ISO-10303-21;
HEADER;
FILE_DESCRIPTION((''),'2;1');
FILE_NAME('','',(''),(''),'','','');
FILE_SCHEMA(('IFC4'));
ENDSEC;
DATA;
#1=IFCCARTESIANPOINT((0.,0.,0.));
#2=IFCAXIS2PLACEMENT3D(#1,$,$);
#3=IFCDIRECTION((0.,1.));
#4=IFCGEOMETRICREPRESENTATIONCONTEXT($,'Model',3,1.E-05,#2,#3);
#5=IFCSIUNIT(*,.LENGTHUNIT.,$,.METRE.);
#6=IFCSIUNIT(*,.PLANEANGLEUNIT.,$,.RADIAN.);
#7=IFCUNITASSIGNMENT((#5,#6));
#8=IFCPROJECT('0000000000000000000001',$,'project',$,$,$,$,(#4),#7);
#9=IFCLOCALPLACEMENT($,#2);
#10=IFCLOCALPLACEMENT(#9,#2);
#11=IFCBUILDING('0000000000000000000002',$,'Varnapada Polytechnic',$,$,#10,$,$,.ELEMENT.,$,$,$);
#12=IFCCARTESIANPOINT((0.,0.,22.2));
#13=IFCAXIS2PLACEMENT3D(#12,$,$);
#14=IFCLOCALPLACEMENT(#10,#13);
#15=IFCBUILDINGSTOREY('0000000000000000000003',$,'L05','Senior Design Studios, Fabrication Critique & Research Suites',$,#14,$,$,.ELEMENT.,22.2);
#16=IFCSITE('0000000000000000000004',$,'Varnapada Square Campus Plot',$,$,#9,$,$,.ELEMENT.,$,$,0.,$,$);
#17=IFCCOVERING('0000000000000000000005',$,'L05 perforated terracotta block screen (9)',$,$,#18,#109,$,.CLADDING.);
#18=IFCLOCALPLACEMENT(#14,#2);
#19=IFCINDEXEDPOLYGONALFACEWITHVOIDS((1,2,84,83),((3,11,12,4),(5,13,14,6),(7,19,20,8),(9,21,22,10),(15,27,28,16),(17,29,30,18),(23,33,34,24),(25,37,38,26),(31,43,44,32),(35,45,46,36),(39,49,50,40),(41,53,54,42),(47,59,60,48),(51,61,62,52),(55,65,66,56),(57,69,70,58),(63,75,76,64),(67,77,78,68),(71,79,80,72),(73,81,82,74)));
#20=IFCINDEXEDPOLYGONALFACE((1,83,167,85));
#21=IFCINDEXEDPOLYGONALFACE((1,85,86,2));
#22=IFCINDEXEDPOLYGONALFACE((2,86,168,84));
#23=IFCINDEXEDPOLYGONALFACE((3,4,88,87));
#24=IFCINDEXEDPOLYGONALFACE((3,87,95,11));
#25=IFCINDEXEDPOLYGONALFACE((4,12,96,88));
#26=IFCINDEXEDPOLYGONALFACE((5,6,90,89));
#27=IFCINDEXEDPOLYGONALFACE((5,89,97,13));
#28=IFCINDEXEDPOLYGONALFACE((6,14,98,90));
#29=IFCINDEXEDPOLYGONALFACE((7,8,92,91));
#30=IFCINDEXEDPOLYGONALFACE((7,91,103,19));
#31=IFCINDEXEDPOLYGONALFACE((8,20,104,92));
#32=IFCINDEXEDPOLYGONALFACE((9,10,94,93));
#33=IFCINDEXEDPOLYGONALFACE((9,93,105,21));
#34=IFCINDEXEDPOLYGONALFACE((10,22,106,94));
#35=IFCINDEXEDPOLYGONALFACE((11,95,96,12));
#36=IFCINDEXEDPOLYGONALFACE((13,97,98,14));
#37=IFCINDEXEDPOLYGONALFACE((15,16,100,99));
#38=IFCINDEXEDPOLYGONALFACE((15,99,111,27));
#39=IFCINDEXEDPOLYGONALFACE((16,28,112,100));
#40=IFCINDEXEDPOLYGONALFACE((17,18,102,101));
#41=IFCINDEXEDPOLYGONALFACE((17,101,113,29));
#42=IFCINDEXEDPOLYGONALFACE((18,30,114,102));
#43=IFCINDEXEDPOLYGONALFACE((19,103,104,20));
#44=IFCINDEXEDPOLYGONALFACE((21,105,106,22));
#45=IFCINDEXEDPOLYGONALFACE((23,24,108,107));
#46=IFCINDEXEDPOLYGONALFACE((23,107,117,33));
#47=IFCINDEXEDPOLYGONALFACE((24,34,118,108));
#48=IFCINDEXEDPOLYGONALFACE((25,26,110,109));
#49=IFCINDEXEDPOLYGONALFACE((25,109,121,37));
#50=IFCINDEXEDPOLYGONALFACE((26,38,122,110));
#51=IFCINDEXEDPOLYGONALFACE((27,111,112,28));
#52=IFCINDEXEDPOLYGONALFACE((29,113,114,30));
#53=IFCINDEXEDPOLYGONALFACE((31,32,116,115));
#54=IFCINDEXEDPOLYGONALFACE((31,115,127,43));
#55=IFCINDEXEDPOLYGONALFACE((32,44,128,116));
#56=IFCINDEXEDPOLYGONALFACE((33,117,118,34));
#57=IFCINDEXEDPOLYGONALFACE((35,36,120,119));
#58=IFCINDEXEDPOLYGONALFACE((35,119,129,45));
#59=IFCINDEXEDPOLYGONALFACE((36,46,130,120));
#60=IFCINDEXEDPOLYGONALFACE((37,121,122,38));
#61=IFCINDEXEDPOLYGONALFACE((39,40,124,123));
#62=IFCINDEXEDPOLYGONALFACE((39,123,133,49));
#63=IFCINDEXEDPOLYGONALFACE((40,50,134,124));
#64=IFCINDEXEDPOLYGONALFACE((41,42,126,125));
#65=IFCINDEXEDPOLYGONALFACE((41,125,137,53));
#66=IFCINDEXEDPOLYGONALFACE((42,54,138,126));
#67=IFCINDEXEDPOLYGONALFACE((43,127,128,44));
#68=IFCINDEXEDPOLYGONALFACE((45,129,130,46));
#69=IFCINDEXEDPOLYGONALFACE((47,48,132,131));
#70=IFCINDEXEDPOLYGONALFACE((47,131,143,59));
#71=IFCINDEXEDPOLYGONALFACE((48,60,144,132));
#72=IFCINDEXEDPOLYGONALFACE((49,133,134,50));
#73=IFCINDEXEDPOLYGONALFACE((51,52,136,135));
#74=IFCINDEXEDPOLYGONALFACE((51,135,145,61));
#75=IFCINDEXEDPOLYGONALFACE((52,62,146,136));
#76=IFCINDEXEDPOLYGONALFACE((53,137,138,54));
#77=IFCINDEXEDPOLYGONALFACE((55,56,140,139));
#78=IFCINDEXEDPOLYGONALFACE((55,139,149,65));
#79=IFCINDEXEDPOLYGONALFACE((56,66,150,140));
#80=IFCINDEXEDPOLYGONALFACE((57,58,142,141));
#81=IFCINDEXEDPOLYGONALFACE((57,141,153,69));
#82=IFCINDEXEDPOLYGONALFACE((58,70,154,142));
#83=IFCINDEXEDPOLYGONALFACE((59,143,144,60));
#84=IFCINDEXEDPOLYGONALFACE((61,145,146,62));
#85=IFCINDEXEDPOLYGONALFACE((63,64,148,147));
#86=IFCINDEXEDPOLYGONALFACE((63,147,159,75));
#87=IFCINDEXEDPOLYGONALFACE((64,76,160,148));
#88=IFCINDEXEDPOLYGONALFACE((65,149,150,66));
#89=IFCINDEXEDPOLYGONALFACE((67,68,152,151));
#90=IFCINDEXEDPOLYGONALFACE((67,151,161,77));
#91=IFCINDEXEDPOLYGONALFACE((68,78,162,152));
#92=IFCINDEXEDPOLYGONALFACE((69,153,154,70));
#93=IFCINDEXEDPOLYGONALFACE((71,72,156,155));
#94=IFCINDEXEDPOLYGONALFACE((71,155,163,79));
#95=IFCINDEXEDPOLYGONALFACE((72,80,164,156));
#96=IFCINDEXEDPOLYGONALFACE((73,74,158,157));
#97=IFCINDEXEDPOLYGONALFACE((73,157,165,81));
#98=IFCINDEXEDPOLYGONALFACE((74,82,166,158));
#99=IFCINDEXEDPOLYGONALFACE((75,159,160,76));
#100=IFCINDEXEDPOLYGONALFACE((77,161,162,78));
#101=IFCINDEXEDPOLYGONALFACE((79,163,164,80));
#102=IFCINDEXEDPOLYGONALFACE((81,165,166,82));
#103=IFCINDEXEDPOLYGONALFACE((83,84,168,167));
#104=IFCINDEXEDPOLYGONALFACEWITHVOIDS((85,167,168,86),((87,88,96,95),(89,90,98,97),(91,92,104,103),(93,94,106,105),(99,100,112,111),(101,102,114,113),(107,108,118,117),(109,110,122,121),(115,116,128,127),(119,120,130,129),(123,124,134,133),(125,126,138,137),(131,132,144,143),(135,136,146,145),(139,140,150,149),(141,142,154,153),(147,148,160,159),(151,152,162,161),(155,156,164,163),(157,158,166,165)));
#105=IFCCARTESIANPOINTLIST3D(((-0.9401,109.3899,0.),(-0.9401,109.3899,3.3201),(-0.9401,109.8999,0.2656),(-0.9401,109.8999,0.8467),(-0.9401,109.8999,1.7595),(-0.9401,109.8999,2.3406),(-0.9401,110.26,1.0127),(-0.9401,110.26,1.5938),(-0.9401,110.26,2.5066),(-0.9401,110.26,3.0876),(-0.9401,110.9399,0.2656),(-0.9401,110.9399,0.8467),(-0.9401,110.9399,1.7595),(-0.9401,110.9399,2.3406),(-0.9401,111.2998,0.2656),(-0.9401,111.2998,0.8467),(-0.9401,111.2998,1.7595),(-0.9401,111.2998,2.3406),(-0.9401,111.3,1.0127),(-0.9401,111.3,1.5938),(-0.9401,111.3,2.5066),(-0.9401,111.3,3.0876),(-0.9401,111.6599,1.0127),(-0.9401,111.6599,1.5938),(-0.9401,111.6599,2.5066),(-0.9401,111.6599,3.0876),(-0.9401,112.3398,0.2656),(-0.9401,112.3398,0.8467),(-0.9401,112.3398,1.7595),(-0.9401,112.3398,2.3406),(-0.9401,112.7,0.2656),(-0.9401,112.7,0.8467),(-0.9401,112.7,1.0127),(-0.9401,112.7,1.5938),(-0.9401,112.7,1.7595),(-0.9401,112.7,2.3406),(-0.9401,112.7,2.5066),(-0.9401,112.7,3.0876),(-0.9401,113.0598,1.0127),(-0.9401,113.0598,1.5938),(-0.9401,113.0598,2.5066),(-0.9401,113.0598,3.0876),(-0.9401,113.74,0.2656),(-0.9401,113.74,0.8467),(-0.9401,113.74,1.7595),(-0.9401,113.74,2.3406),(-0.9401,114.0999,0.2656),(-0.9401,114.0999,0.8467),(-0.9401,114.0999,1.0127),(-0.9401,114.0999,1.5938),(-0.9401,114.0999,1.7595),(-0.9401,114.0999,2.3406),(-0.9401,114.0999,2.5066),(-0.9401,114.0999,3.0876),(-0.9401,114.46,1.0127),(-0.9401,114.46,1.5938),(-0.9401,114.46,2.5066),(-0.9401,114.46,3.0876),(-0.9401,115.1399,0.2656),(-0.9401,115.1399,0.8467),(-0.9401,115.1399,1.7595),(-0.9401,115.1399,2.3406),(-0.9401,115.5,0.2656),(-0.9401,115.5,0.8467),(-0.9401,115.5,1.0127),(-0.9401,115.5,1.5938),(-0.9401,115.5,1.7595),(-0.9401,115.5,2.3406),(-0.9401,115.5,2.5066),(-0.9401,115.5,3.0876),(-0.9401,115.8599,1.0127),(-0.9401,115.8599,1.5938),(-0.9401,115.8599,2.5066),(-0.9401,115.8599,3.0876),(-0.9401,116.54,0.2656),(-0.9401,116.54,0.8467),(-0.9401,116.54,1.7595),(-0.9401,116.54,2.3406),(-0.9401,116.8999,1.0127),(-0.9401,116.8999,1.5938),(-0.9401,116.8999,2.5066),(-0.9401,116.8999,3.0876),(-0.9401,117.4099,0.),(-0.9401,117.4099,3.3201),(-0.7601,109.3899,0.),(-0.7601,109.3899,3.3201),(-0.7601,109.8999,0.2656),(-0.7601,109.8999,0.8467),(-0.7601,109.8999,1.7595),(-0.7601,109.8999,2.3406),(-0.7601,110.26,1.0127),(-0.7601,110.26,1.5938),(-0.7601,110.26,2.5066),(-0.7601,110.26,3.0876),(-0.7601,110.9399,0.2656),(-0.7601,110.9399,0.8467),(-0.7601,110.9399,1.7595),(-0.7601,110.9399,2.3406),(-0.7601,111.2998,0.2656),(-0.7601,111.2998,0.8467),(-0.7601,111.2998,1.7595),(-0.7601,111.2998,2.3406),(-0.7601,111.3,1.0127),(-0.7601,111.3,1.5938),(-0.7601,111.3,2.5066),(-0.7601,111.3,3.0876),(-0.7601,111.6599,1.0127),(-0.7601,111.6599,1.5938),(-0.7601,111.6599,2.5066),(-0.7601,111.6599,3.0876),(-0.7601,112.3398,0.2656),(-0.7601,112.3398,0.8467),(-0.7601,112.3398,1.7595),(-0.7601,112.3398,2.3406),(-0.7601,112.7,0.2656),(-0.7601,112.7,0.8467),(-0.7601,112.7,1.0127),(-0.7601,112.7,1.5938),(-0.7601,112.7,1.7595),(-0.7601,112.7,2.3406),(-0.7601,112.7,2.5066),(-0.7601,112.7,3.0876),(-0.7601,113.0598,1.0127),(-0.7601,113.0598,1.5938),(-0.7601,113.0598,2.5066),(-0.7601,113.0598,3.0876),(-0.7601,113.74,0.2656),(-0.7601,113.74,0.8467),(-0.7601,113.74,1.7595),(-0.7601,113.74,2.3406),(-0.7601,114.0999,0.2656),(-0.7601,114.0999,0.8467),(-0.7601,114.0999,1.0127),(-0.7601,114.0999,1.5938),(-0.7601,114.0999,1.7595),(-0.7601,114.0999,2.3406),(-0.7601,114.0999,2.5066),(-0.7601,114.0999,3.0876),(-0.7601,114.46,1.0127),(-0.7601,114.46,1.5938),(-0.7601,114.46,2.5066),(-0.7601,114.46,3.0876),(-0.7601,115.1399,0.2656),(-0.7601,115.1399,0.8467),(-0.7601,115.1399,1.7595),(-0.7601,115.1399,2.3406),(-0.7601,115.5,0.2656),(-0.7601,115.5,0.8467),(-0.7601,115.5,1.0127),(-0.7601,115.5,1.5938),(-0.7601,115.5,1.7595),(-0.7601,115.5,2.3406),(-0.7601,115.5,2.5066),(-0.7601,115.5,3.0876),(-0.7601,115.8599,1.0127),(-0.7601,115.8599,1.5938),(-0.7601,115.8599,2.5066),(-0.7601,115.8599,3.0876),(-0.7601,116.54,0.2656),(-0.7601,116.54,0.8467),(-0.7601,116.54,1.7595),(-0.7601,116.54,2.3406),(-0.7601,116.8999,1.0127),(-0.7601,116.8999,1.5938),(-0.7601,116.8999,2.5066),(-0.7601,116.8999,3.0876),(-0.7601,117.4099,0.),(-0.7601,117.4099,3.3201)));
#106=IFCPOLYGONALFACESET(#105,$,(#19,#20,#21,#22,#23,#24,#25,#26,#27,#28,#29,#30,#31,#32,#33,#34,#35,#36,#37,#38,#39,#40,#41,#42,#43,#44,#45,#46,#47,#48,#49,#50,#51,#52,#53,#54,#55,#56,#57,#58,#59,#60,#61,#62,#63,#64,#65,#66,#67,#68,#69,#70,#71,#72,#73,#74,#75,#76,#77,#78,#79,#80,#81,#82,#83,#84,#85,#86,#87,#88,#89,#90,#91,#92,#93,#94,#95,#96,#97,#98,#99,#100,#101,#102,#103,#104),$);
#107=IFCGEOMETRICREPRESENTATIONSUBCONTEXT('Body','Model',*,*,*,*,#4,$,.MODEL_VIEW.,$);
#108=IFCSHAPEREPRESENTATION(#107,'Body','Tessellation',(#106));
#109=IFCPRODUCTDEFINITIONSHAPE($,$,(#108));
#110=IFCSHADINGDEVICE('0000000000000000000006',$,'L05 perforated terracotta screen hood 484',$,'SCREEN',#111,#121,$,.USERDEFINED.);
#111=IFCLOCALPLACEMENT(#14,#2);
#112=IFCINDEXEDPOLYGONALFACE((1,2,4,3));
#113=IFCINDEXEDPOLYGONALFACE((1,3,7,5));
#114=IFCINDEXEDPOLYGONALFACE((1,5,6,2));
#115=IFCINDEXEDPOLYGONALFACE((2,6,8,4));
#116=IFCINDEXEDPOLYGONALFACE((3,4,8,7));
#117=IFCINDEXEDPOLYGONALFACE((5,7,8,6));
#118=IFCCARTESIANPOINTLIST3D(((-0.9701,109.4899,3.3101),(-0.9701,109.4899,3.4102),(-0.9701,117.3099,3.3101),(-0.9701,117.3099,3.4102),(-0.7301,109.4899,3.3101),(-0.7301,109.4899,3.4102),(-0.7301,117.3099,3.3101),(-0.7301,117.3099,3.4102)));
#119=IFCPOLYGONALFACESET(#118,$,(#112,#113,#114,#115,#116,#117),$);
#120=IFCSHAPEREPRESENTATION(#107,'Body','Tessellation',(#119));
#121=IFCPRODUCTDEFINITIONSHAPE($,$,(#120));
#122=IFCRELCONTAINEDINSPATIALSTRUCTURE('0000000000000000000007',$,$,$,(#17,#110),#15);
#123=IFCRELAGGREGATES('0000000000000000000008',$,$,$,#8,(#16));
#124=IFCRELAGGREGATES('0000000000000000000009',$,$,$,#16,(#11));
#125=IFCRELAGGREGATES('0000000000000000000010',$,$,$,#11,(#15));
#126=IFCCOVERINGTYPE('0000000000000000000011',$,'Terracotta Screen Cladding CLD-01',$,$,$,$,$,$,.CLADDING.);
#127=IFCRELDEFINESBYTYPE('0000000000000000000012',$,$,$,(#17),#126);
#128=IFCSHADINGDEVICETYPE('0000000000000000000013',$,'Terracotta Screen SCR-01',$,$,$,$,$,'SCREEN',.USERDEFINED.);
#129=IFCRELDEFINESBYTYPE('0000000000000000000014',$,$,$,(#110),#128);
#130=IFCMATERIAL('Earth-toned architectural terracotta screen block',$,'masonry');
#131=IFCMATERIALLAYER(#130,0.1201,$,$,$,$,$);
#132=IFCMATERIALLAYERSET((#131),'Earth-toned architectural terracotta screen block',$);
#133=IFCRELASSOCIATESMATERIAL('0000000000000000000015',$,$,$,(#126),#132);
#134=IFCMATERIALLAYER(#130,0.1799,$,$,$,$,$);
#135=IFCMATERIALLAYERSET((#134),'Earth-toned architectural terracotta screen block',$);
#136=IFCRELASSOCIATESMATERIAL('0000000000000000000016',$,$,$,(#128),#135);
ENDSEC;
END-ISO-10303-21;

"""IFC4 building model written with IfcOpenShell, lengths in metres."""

from ifc_helpers import new_model, si_unit, direction, frame, frame_2d, origin, origin_2d, place, context, subcontext, project, spatial, rectangle, extrude, material, layer, layer_set, type_object, element, save


model = new_model("IFC4")

# Units and contexts
model_context = context("Model", 3, precision=1e-05, world=origin(), true_north=direction((0.0, 1.0)))
body_context = subcontext(model_context, "Body", "Model", "MODEL_VIEW")
ifc_project = project(units=[si_unit("LENGTHUNIT", "METRE"), si_unit("PLANEANGLEUNIT", "RADIAN")], contexts=[model_context])

# Site, building, storey
site_placement = place(None, origin())
site = spatial("IfcSite", under=ifc_project, at=site_placement, Name="Varnapada Square Campus Plot", CompositionType="ELEMENT", RefElevation=0.0)
building_placement = place(site_placement, origin())
building = spatial("IfcBuilding", under=site, at=building_placement, Name="Varnapada Polytechnic", CompositionType="ELEMENT")
storey_placement = place(building_placement, frame((0.0, 0.0, 22.2)))
storey = spatial("IfcBuildingStorey", under=building, at=storey_placement, Name="L05", Description="Senior Design Studios, Fabrication Critique & Research Suites", CompositionType="ELEMENT", Elevation=22.2)

# Covering, openings
ifc_material_1 = material(Name="Earth-toned architectural terracotta screen block", Category="masonry")
ifc_layer_1 = layer(ifc_material_1, 0.1201)
ifc_layer_set_1 = layer_set([ifc_layer_1], Name="Earth-toned architectural terracotta screen block")
covering_type = type_object("IfcCoveringType", Name="Terracotta Screen Cladding CLD-01", PredefinedType="CLADDING", material=ifc_layer_set_1)
covering_placement = place(storey_placement, frame((-0.8501, 109.3899, 0.0), z_axis=(0.0, 0.0, 1.0), x_axis=(0.0, 1.0, 0.0)))
covering = element("IfcCovering", 1, at=covering_placement, inside=storey, type_object=covering_type, Name="L05 perforated terracotta block screen (9)", PredefinedType="CLADDING", context=body_context, shape_type="SweptSolid", body=[
    extrude(rectangle(XDim=8.02, YDim=0.1799, at=frame_2d((4.01, 0.0))), origin(), (0.0, 0.0, 1.0), 3.3201),
])
opening_1_placement = place(covering_placement, frame((0.51, 0.0, 0.2656)))
element("IfcOpeningElement", 2, at=opening_1_placement, cuts=covering, PredefinedType="OPENING", context=body_context, shape_type="SweptSolid", body=[
    extrude(rectangle(XDim=1.04, YDim=0.5811, at=frame_2d((0.52, 0.2905))), frame((0.0, 0.0999, 0.0), z_axis=(0.0, -1.0, 0.0), x_axis=(1.0, 0.0, 0.0)), (0.0, 0.0, 1.0), 0.2),
])
opening_2_placement = place(covering_placement, frame((1.9099, 0.0, 0.2656)))
element("IfcOpeningElement", 3, at=opening_2_placement, cuts=covering, PredefinedType="OPENING", context=body_context, shape_type="SweptSolid", body=[
    extrude(rectangle(XDim=1.04, YDim=0.5811, at=frame_2d((0.52, 0.2905))), frame((0.0, 0.0999, 0.0), z_axis=(0.0, -1.0, 0.0), x_axis=(1.0, 0.0, 0.0)), (0.0, 0.0, 1.0), 0.2),
])
opening_3_placement = place(covering_placement, frame((3.3101, 0.0, 0.2656)))
element("IfcOpeningElement", 4, at=opening_3_placement, cuts=covering, PredefinedType="OPENING", context=body_context, shape_type="SweptSolid", body=[
    extrude(rectangle(XDim=1.04, YDim=0.5811, at=frame_2d((0.52, 0.2905))), frame((0.0, 0.0999, 0.0), z_axis=(0.0, -1.0, 0.0), x_axis=(1.0, 0.0, 0.0)), (0.0, 0.0, 1.0), 0.2),
])
opening_4_placement = place(covering_placement, frame((4.71, 0.0, 0.2656)))
element("IfcOpeningElement", 5, at=opening_4_placement, cuts=covering, PredefinedType="OPENING", context=body_context, shape_type="SweptSolid", body=[
    extrude(rectangle(XDim=1.04, YDim=0.5811, at=frame_2d((0.52, 0.2905))), frame((0.0, 0.0999, 0.0), z_axis=(0.0, -1.0, 0.0), x_axis=(1.0, 0.0, 0.0)), (0.0, 0.0, 1.0), 0.2),
])
opening_5_placement = place(covering_placement, frame((6.1101, 0.0, 0.2656)))
element("IfcOpeningElement", 6, at=opening_5_placement, cuts=covering, PredefinedType="OPENING", context=body_context, shape_type="SweptSolid", body=[
    extrude(rectangle(XDim=1.04, YDim=0.5811, at=frame_2d((0.52, 0.2905))), frame((0.0, 0.0999, 0.0), z_axis=(0.0, -1.0, 0.0), x_axis=(1.0, 0.0, 0.0)), (0.0, 0.0, 1.0), 0.2),
])
opening_6_placement = place(covering_placement, frame((0.8701, 0.0, 1.0127)))
element("IfcOpeningElement", 7, at=opening_6_placement, cuts=covering, PredefinedType="OPENING", context=body_context, shape_type="SweptSolid", body=[
    extrude(rectangle(XDim=1.04, YDim=0.5811, at=frame_2d((0.52, 0.2905))), frame((0.0, 0.0999, 0.0), z_axis=(0.0, -1.0, 0.0), x_axis=(1.0, 0.0, 0.0)), (0.0, 0.0, 1.0), 0.2),
])
opening_7_placement = place(covering_placement, frame((2.27, 0.0, 1.0127)))
element("IfcOpeningElement", 8, at=opening_7_placement, cuts=covering, PredefinedType="OPENING", context=body_context, shape_type="SweptSolid", body=[
    extrude(rectangle(XDim=1.04, YDim=0.5811, at=frame_2d((0.52, 0.2905))), frame((0.0, 0.0999, 0.0), z_axis=(0.0, -1.0, 0.0), x_axis=(1.0, 0.0, 0.0)), (0.0, 0.0, 1.0), 0.2),
])
opening_8_placement = place(covering_placement, frame((3.6699, 0.0, 1.0127)))
element("IfcOpeningElement", 9, at=opening_8_placement, cuts=covering, PredefinedType="OPENING", context=body_context, shape_type="SweptSolid", body=[
    extrude(rectangle(XDim=1.04, YDim=0.5811, at=frame_2d((0.52, 0.2905))), frame((0.0, 0.0999, 0.0), z_axis=(0.0, -1.0, 0.0), x_axis=(1.0, 0.0, 0.0)), (0.0, 0.0, 1.0), 0.2),
])
opening_9_placement = place(covering_placement, frame((5.0701, 0.0, 1.0127)))
element("IfcOpeningElement", 10, at=opening_9_placement, cuts=covering, PredefinedType="OPENING", context=body_context, shape_type="SweptSolid", body=[
    extrude(rectangle(XDim=1.04, YDim=0.5811, at=frame_2d((0.52, 0.2905))), frame((0.0, 0.0999, 0.0), z_axis=(0.0, -1.0, 0.0), x_axis=(1.0, 0.0, 0.0)), (0.0, 0.0, 1.0), 0.2),
])
opening_10_placement = place(covering_placement, frame((6.47, 0.0, 1.0127)))
element("IfcOpeningElement", 11, at=opening_10_placement, cuts=covering, PredefinedType="OPENING", context=body_context, shape_type="SweptSolid", body=[
    extrude(rectangle(XDim=1.04, YDim=0.5811, at=frame_2d((0.52, 0.2905))), frame((0.0, 0.0999, 0.0), z_axis=(0.0, -1.0, 0.0), x_axis=(1.0, 0.0, 0.0)), (0.0, 0.0, 1.0), 0.2),
])
opening_11_placement = place(covering_placement, frame((0.51, 0.0, 1.7595)))
element("IfcOpeningElement", 12, at=opening_11_placement, cuts=covering, PredefinedType="OPENING", context=body_context, shape_type="SweptSolid", body=[
    extrude(rectangle(XDim=1.04, YDim=0.5811, at=frame_2d((0.52, 0.2905))), frame((0.0, 0.0999, 0.0), z_axis=(0.0, -1.0, 0.0), x_axis=(1.0, 0.0, 0.0)), (0.0, 0.0, 1.0), 0.2),
])
opening_12_placement = place(covering_placement, frame((1.9099, 0.0, 1.7595)))
element("IfcOpeningElement", 13, at=opening_12_placement, cuts=covering, PredefinedType="OPENING", context=body_context, shape_type="SweptSolid", body=[
    extrude(rectangle(XDim=1.04, YDim=0.5811, at=frame_2d((0.52, 0.2905))), frame((0.0, 0.0999, 0.0), z_axis=(0.0, -1.0, 0.0), x_axis=(1.0, 0.0, 0.0)), (0.0, 0.0, 1.0), 0.2),
])
opening_13_placement = place(covering_placement, frame((3.3101, 0.0, 1.7595)))
element("IfcOpeningElement", 14, at=opening_13_placement, cuts=covering, PredefinedType="OPENING", context=body_context, shape_type="SweptSolid", body=[
    extrude(rectangle(XDim=1.04, YDim=0.5811, at=frame_2d((0.52, 0.2905))), frame((0.0, 0.0999, 0.0), z_axis=(0.0, -1.0, 0.0), x_axis=(1.0, 0.0, 0.0)), (0.0, 0.0, 1.0), 0.2),
])
opening_14_placement = place(covering_placement, frame((4.71, 0.0, 1.7595)))
element("IfcOpeningElement", 15, at=opening_14_placement, cuts=covering, PredefinedType="OPENING", context=body_context, shape_type="SweptSolid", body=[
    extrude(rectangle(XDim=1.04, YDim=0.5811, at=frame_2d((0.52, 0.2905))), frame((0.0, 0.0999, 0.0), z_axis=(0.0, -1.0, 0.0), x_axis=(1.0, 0.0, 0.0)), (0.0, 0.0, 1.0), 0.2),
])
opening_15_placement = place(covering_placement, frame((6.1101, 0.0, 1.7595)))
element("IfcOpeningElement", 16, at=opening_15_placement, cuts=covering, PredefinedType="OPENING", context=body_context, shape_type="SweptSolid", body=[
    extrude(rectangle(XDim=1.04, YDim=0.5811, at=frame_2d((0.52, 0.2905))), frame((0.0, 0.0999, 0.0), z_axis=(0.0, -1.0, 0.0), x_axis=(1.0, 0.0, 0.0)), (0.0, 0.0, 1.0), 0.2),
])
opening_16_placement = place(covering_placement, frame((0.8701, 0.0, 2.5066)))
element("IfcOpeningElement", 17, at=opening_16_placement, cuts=covering, PredefinedType="OPENING", context=body_context, shape_type="SweptSolid", body=[
    extrude(rectangle(XDim=1.04, YDim=0.5811, at=frame_2d((0.52, 0.2905))), frame((0.0, 0.0999, 0.0), z_axis=(0.0, -1.0, 0.0), x_axis=(1.0, 0.0, 0.0)), (0.0, 0.0, 1.0), 0.2),
])
opening_17_placement = place(covering_placement, frame((2.27, 0.0, 2.5066)))
element("IfcOpeningElement", 18, at=opening_17_placement, cuts=covering, PredefinedType="OPENING", context=body_context, shape_type="SweptSolid", body=[
    extrude(rectangle(XDim=1.04, YDim=0.5811, at=frame_2d((0.52, 0.2905))), frame((0.0, 0.0999, 0.0), z_axis=(0.0, -1.0, 0.0), x_axis=(1.0, 0.0, 0.0)), (0.0, 0.0, 1.0), 0.2),
])
opening_18_placement = place(covering_placement, frame((3.6699, 0.0, 2.5066)))
element("IfcOpeningElement", 19, at=opening_18_placement, cuts=covering, PredefinedType="OPENING", context=body_context, shape_type="SweptSolid", body=[
    extrude(rectangle(XDim=1.04, YDim=0.5811, at=frame_2d((0.52, 0.2905))), frame((0.0, 0.0999, 0.0), z_axis=(0.0, -1.0, 0.0), x_axis=(1.0, 0.0, 0.0)), (0.0, 0.0, 1.0), 0.2),
])
opening_19_placement = place(covering_placement, frame((5.0701, 0.0, 2.5066)))
element("IfcOpeningElement", 20, at=opening_19_placement, cuts=covering, PredefinedType="OPENING", context=body_context, shape_type="SweptSolid", body=[
    extrude(rectangle(XDim=1.04, YDim=0.5811, at=frame_2d((0.52, 0.2905))), frame((0.0, 0.0999, 0.0), z_axis=(0.0, -1.0, 0.0), x_axis=(1.0, 0.0, 0.0)), (0.0, 0.0, 1.0), 0.2),
])
opening_20_placement = place(covering_placement, frame((6.47, 0.0, 2.5066)))
element("IfcOpeningElement", 21, at=opening_20_placement, cuts=covering, PredefinedType="OPENING", context=body_context, shape_type="SweptSolid", body=[
    extrude(rectangle(XDim=1.04, YDim=0.5811, at=frame_2d((0.52, 0.2905))), frame((0.0, 0.0999, 0.0), z_axis=(0.0, -1.0, 0.0), x_axis=(1.0, 0.0, 0.0)), (0.0, 0.0, 1.0), 0.2),
])

# Shading device
ifc_layer_2 = layer(ifc_material_1, 0.1799)
ifc_layer_set_2 = layer_set([ifc_layer_2], Name="Earth-toned architectural terracotta screen block")
shading_device_type = type_object("IfcShadingDeviceType", Name="Terracotta Screen SCR-01", ElementType="SCREEN", PredefinedType="USERDEFINED", material=ifc_layer_set_2)
shading_device_placement = place(storey_placement, frame((-0.8501, 113.3999, 3.3101), z_axis=(0.0, 0.0, 1.0), x_axis=(0.0, 1.0, 0.0)))
element("IfcShadingDevice", 22, at=shading_device_placement, inside=storey, type_object=shading_device_type, Name="L05 perforated terracotta screen hood 484", ObjectType="SCREEN", PredefinedType="USERDEFINED", context=body_context, shape_type="SweptSolid", body=[
    extrude(rectangle(XDim=7.8201, YDim=0.24, at=origin_2d()), origin(), (0.0, 0.0, 1.0), 0.1001),
])

save(model, "model.ifc")
